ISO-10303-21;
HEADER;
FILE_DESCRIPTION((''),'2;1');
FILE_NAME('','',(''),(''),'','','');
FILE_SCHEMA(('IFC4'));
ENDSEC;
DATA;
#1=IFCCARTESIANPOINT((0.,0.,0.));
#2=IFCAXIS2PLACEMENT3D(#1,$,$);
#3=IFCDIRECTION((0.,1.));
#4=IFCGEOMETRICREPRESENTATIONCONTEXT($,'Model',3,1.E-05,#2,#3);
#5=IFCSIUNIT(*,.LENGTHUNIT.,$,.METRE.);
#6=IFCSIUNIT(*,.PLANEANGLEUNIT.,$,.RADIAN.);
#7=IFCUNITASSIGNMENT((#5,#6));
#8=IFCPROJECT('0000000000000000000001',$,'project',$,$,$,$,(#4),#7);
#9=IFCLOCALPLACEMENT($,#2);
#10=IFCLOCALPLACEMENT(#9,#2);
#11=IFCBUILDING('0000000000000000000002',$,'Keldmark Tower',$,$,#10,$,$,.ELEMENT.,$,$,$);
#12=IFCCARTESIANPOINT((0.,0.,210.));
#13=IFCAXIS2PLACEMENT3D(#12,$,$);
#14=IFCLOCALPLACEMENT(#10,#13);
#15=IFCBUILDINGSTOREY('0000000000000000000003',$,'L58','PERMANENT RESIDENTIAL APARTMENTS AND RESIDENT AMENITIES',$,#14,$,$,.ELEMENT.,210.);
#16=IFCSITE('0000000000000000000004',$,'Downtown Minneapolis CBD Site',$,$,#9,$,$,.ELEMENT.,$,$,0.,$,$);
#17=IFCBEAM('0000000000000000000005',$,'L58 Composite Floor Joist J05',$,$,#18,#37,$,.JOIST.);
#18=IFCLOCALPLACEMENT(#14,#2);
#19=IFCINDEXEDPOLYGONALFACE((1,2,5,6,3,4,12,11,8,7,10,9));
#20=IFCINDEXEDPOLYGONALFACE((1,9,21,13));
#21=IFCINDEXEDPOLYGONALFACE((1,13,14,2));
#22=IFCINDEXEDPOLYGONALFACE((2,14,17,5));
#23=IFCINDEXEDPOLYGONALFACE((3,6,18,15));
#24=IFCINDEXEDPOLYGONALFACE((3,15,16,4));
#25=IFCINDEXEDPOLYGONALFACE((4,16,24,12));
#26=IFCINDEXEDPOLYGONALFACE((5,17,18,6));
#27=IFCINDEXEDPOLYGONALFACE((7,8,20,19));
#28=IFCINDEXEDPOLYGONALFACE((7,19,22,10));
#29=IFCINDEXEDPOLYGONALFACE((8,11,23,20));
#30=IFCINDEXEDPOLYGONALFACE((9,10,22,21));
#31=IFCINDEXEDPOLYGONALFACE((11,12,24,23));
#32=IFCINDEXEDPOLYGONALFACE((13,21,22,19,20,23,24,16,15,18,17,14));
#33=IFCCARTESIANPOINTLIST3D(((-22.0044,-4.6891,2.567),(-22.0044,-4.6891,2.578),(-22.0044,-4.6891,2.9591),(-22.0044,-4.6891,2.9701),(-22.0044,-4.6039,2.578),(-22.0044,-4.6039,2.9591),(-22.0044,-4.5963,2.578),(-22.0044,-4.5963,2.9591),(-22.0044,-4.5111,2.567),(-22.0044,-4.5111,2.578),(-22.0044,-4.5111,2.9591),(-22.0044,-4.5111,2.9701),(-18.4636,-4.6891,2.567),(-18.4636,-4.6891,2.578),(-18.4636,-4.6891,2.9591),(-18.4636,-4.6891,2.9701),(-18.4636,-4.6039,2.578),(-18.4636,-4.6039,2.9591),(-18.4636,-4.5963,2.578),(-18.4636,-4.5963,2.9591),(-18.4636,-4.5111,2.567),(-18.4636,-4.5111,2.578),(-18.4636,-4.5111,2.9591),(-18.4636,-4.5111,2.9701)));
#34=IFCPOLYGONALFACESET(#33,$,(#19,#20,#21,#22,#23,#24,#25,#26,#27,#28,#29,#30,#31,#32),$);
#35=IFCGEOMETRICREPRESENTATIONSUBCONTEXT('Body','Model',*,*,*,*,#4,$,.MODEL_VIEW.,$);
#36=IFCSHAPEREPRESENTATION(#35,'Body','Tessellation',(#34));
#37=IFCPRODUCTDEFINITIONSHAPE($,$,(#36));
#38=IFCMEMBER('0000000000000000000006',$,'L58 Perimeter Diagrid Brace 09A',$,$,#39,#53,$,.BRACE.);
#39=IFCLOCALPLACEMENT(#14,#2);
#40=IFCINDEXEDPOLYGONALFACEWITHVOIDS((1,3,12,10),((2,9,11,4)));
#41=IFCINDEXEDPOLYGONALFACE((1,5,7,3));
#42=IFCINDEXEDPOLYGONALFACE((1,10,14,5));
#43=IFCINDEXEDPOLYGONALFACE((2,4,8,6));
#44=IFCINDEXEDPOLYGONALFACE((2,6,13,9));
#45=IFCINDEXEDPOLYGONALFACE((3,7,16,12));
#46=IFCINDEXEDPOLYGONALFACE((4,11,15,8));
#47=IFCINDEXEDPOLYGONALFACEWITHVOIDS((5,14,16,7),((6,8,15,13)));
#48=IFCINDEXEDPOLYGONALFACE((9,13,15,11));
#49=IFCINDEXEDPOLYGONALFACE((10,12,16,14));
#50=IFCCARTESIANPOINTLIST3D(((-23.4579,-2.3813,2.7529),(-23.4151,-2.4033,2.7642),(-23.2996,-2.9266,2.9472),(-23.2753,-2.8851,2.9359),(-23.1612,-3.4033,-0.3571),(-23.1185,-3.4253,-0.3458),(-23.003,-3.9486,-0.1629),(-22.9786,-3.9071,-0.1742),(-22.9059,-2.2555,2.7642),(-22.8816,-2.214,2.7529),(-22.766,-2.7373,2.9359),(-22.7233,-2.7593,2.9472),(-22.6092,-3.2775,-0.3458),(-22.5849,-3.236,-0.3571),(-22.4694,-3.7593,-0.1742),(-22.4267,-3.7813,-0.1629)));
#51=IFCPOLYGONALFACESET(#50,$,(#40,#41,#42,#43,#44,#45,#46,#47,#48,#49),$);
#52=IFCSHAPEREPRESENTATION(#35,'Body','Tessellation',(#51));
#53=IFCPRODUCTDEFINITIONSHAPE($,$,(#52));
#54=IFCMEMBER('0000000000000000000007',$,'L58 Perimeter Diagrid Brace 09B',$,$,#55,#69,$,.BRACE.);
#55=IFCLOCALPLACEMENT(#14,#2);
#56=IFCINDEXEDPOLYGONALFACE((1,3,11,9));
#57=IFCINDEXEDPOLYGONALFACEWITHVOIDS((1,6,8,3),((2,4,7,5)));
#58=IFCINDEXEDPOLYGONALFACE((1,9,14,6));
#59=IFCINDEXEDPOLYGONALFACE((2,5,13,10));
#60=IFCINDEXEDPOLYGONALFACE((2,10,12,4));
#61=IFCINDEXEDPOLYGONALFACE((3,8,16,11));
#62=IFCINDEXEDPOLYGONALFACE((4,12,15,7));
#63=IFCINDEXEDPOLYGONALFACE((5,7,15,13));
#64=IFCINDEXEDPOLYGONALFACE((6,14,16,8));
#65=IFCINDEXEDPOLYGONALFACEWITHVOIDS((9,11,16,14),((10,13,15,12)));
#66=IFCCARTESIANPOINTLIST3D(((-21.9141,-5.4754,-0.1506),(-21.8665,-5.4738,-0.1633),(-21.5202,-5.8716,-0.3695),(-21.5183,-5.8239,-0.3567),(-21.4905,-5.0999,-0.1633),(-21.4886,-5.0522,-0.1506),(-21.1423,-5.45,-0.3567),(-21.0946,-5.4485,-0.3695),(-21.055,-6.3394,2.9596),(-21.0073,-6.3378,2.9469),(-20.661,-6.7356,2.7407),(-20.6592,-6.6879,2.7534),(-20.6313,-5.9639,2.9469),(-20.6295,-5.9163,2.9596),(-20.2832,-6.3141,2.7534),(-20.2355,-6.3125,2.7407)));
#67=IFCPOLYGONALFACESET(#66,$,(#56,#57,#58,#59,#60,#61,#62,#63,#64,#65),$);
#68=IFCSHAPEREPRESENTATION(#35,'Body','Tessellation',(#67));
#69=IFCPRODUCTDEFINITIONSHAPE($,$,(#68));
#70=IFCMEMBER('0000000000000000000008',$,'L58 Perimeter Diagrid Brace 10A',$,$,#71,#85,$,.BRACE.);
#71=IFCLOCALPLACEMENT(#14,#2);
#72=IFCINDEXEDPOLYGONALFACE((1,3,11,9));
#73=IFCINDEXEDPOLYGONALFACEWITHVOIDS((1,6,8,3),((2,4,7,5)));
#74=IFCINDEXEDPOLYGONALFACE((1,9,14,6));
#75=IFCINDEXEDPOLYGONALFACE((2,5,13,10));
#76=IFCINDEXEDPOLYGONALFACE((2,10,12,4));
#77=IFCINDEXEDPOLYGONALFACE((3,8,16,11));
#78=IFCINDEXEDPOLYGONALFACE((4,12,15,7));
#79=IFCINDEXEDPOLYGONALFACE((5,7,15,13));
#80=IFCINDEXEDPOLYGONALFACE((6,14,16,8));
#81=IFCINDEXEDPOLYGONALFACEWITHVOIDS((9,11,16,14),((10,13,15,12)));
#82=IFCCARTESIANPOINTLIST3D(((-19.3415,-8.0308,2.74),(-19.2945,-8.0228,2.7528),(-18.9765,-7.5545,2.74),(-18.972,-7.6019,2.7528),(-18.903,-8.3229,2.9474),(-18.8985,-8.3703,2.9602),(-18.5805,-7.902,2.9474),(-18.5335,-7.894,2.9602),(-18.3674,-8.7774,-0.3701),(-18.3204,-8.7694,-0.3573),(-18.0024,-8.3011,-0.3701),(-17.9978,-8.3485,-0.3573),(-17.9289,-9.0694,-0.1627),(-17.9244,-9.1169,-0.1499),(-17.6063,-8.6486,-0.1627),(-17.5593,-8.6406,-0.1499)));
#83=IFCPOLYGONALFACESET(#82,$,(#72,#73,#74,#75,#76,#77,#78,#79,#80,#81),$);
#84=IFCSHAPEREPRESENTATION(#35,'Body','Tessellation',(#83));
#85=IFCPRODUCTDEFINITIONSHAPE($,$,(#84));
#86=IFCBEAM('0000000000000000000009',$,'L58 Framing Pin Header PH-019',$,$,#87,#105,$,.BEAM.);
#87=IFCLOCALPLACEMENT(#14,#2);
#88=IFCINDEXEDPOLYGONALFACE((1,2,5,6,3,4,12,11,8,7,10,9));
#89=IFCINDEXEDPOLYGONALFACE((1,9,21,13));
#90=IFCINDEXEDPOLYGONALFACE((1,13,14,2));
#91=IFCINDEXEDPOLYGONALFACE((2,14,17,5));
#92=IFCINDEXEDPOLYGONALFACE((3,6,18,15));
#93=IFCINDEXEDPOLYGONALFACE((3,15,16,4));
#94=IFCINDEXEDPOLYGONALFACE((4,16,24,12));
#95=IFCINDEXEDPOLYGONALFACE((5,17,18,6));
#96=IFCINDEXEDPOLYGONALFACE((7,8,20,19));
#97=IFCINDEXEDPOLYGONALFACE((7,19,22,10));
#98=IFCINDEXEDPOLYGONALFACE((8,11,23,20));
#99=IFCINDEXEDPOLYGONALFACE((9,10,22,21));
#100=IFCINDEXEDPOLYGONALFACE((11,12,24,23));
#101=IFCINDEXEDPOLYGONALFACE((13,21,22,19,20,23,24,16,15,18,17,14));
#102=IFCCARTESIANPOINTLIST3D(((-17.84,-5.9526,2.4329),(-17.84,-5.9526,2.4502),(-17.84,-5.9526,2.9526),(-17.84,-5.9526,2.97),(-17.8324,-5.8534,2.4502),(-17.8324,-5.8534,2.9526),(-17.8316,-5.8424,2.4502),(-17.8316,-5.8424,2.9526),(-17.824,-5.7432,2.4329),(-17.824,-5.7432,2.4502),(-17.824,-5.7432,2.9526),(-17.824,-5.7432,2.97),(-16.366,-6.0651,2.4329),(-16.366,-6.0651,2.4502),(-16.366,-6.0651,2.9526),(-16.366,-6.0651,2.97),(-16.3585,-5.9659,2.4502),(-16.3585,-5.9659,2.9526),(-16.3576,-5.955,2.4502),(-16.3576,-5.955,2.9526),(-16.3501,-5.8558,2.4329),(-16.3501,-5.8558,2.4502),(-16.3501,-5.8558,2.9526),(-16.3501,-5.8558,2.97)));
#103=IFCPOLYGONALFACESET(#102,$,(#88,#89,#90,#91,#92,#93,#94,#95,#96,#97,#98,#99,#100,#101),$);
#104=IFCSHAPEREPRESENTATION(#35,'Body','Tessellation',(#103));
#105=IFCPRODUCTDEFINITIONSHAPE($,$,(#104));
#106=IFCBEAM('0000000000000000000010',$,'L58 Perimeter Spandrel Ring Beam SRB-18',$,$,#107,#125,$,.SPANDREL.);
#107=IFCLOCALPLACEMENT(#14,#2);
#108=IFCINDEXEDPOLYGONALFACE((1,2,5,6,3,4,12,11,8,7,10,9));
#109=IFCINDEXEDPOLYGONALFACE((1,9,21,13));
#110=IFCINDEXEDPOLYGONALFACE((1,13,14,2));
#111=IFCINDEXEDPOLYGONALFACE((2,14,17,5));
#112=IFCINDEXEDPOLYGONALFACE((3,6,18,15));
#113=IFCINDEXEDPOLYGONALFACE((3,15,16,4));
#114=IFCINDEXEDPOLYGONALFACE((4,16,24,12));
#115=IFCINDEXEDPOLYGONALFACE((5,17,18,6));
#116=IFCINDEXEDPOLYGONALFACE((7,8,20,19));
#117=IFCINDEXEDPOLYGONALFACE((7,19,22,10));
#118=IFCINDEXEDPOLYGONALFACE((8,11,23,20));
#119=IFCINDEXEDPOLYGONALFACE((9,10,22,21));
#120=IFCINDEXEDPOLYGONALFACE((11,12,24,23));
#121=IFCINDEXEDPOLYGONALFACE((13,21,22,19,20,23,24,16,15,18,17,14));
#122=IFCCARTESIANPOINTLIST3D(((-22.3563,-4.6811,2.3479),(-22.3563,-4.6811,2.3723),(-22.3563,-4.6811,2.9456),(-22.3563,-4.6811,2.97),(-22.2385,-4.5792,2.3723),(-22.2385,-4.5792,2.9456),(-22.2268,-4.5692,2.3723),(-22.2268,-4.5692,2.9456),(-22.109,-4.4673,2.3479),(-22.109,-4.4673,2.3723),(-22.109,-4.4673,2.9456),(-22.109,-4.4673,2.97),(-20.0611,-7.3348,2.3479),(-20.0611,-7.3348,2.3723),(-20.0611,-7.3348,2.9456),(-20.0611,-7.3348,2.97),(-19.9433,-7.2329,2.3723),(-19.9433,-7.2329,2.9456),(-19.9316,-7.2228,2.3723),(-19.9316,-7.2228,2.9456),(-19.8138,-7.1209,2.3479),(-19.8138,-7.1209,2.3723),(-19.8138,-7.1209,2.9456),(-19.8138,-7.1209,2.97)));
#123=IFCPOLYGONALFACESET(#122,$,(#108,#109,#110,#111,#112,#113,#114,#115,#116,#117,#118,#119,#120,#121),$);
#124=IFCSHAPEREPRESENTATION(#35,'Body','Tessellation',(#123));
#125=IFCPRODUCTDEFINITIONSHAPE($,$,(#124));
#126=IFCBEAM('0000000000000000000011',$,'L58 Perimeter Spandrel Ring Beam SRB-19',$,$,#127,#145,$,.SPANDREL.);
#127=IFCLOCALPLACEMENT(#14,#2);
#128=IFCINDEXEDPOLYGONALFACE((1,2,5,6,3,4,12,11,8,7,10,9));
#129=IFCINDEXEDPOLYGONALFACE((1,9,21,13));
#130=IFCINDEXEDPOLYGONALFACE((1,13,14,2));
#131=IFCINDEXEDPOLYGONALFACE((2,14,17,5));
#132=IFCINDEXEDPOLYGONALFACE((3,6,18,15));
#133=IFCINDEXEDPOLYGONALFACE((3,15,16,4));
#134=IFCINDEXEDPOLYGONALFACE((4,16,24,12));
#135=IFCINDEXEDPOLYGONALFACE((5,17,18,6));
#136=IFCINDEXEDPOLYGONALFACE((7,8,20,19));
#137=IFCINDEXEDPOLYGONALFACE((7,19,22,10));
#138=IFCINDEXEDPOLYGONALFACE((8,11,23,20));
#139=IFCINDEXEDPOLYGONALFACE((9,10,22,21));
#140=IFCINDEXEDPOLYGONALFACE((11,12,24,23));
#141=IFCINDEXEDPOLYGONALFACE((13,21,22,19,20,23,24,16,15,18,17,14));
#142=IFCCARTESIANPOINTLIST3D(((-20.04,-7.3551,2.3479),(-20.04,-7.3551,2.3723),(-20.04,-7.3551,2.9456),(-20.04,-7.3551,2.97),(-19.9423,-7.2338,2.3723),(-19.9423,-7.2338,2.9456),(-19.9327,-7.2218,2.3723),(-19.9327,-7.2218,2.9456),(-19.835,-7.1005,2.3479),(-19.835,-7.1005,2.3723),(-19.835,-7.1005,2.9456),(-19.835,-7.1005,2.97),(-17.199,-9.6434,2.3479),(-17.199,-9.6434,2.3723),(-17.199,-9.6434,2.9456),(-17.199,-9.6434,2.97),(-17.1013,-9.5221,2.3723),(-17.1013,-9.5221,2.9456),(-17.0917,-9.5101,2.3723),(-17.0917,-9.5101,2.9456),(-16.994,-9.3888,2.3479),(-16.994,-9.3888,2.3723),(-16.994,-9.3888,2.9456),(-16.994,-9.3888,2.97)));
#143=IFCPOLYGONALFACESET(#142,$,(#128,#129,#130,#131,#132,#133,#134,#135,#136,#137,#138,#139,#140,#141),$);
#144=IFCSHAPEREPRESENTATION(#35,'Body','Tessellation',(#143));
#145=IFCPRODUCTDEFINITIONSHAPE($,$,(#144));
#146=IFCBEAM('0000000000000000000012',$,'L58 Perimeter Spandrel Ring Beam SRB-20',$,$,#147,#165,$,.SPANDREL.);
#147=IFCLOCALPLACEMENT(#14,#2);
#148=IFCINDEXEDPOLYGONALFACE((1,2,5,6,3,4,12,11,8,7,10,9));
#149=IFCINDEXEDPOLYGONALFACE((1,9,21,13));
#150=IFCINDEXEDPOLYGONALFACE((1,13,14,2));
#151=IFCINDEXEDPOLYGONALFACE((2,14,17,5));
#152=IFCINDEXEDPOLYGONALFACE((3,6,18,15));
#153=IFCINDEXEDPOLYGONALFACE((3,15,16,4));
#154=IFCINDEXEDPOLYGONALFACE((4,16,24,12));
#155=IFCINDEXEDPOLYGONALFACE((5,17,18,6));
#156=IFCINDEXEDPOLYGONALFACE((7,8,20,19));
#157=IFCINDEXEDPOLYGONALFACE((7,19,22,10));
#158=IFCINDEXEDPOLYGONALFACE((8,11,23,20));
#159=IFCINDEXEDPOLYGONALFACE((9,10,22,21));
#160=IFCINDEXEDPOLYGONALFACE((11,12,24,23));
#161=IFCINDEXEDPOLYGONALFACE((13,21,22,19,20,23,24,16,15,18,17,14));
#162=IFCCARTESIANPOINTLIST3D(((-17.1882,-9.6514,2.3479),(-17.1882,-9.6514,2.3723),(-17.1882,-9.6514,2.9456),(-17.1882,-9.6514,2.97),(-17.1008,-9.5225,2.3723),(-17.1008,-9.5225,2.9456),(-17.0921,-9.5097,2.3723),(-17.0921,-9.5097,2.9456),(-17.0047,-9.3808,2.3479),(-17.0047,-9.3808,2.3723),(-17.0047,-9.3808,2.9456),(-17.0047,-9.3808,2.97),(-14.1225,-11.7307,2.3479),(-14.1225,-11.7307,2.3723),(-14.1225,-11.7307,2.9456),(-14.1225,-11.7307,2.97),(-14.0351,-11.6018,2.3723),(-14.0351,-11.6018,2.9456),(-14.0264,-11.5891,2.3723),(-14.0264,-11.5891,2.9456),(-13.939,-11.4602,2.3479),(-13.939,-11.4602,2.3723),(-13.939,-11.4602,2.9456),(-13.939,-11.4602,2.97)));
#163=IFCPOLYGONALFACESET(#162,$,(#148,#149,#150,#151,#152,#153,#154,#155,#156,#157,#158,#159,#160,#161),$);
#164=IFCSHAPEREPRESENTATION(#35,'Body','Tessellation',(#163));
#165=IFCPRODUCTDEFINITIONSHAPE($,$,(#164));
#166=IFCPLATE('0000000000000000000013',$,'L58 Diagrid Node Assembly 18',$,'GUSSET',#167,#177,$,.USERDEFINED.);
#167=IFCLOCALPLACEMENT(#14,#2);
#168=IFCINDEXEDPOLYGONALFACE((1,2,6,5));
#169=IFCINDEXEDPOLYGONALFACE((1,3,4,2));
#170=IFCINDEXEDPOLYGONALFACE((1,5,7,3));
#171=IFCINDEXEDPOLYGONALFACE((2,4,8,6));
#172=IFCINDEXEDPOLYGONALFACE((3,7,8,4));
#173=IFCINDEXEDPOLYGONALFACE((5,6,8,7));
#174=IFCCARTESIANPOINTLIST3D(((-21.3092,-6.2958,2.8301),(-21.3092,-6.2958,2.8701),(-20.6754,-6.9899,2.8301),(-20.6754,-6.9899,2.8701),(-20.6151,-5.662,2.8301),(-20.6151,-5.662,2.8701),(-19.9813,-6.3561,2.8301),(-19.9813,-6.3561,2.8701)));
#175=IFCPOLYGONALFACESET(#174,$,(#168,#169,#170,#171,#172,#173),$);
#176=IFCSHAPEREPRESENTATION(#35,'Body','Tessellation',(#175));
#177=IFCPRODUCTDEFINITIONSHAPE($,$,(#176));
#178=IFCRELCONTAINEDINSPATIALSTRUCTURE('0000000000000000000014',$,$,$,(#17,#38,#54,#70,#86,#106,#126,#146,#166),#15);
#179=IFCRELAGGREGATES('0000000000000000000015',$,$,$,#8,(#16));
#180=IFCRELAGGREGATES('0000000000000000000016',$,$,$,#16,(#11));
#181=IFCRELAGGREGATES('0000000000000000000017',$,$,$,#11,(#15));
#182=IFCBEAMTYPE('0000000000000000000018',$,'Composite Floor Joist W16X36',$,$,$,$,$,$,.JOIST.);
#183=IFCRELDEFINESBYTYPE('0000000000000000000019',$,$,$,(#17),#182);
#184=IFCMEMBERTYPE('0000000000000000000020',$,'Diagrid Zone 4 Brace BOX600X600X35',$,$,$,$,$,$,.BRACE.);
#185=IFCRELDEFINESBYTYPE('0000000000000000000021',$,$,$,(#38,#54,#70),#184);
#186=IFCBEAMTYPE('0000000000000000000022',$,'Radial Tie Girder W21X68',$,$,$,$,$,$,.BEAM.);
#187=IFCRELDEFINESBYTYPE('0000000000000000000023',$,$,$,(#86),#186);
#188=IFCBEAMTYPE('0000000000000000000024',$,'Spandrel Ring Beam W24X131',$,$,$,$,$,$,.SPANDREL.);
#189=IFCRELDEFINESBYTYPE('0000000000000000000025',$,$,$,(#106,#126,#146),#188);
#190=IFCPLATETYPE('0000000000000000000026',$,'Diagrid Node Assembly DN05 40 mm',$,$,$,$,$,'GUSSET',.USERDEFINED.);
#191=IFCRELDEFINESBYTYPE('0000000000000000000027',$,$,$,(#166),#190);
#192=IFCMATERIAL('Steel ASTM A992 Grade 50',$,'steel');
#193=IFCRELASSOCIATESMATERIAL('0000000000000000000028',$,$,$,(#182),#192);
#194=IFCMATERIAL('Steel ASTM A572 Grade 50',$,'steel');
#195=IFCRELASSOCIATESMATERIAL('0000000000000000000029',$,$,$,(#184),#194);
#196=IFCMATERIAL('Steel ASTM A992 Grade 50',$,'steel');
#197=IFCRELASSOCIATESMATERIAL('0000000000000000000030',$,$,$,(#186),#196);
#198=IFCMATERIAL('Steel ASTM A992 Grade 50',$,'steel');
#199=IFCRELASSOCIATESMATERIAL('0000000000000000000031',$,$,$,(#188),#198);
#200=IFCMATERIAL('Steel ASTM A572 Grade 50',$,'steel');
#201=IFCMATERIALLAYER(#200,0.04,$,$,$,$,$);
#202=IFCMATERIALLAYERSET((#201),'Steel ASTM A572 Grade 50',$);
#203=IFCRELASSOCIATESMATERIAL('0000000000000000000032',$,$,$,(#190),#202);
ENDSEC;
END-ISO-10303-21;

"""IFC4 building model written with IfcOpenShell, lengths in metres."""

from ifc_helpers import new_model, si_unit, direction, frame, origin, origin_2d, place, context, subcontext, project, spatial, rectangle, hollow_rectangle, i_section, extrude, material, layer, layer_set, material_profile, profile_set, type_object, element, save


model = new_model("IFC4")

# Units and contexts
model_context = context("Model", 3, precision=1e-05, world=origin(), true_north=direction((0.0, 1.0)))
body_context = subcontext(model_context, "Body", "Model", "MODEL_VIEW")
ifc_project = project(units=[si_unit("LENGTHUNIT", "METRE"), si_unit("PLANEANGLEUNIT", "RADIAN")], contexts=[model_context])

# Site, building, storey
site_placement = place(None, origin())
site = spatial("IfcSite", under=ifc_project, at=site_placement, Name="Downtown Minneapolis CBD Site", CompositionType="ELEMENT", RefElevation=0.0)
building_placement = place(site_placement, origin())
building = spatial("IfcBuilding", under=site, at=building_placement, Name="Keldmark Tower", CompositionType="ELEMENT")
storey_placement = place(building_placement, frame((0.0, 0.0, 210.0)))
storey = spatial("IfcBuildingStorey", under=building, at=storey_placement, Name="L58", Description="PERMANENT RESIDENTIAL APARTMENTS AND RESIDENT AMENITIES", CompositionType="ELEMENT", Elevation=210.0)

# Beam
ifc_material_1 = material(Name="Steel ASTM A992 Grade 50", Category="steel")
ifc_material_profile_1 = material_profile(ifc_material_1, i_section(OverallWidth=0.178, OverallDepth=0.4031, WebThickness=0.0076, FlangeThickness=0.011, at=origin_2d()), Name="W16X36")
ifc_profile_set_1 = profile_set([ifc_material_profile_1], Name="Steel ASTM A992 Grade 50")
beam_type_1 = type_object("IfcBeamType", Name="Composite Floor Joist W16X36", PredefinedType="JOIST", material=ifc_profile_set_1)
beam_1_placement = place(storey_placement, frame((-22.0044, -4.6001, 2.7686), z_axis=(1.0, 0.0, 0.0), x_axis=(0.0, 1.0, 0.0)))
element("IfcBeam", 1, at=beam_1_placement, inside=storey, type_object=beam_type_1, Name="L58 Composite Floor Joist J05", PredefinedType="JOIST", context=body_context, shape_type="SweptSolid", body=[
    extrude(i_section(OverallWidth=0.178, OverallDepth=0.4031, WebThickness=0.0076, FlangeThickness=0.011, at=origin_2d()), origin(), (0.0, 0.0, 1.0), 3.5408),
])

# Members
ifc_material_2 = material(Name="Steel ASTM A572 Grade 50", Category="steel")
ifc_material_profile_2 = material_profile(ifc_material_2, hollow_rectangle(XDim=0.6001, YDim=0.6001, WallThickness=0.0349, at=origin_2d()), Name="BOX600X600X35")
ifc_profile_set_2 = profile_set([ifc_material_profile_2], Name="Steel ASTM A572 Grade 50")
member_type = type_object("IfcMemberType", Name="Diagrid Zone 4 Brace BOX600X600X35", PredefinedType="BRACE", material=ifc_profile_set_2)
member_1_placement = place(storey_placement, frame((-22.7939, -3.5923, -0.26), z_axis=(-0.09024, 0.310902, 0.946148), x_axis=(-0.960364, -0.278749, 0.0)))
element("IfcMember", 2, at=member_1_placement, inside=storey, type_object=member_type, Name="L58 Perimeter Diagrid Brace 09A", PredefinedType="BRACE", context=body_context, shape_type="SweptSolid", body=[
    extrude(hollow_rectangle(XDim=0.6001, YDim=0.6001, WallThickness=0.0349, at=origin_2d()), origin(), (0.0, 0.0, 1.0), 3.2871),
])
member_2_placement = place(storey_placement, frame((-21.5044, -5.4619, -0.26), z_axis=(0.257204, -0.258666, 0.931095), x_axis=(0.709108, 0.7051, 0.0)))
element("IfcMember", 3, at=member_2_placement, inside=storey, type_object=member_type, Name="L58 Perimeter Diagrid Brace 09B", PredefinedType="BRACE", context=body_context, shape_type="SweptSolid", body=[
    extrude(hollow_rectangle(XDim=0.6001, YDim=0.6001, WallThickness=0.0349, at=origin_2d()), origin(), (0.0, 0.0, 1.0), 3.3403),
])
member_3_placement = place(storey_placement, frame((-17.9634, -8.709, -0.26), z_axis=(-0.291347, 0.223293, 0.930192), x_axis=(-0.608306, -0.793702, 0.0)))
element("IfcMember", 4, at=member_3_placement, inside=storey, type_object=member_type, Name="L58 Perimeter Diagrid Brace 10A", PredefinedType="BRACE", context=body_context, shape_type="SweptSolid", body=[
    extrude(hollow_rectangle(XDim=0.6001, YDim=0.6001, WallThickness=0.0349, at=origin_2d()), origin(), (0.0, 0.0, 1.0), 3.3435),
])

# Beams
ifc_material_3 = material(Name="Steel ASTM A992 Grade 50", Category="steel")
ifc_material_profile_3 = material_profile(ifc_material_3, i_section(OverallWidth=0.21, OverallDepth=0.5371, WebThickness=0.011, FlangeThickness=0.0173, at=origin_2d()), Name="W21X68")
ifc_profile_set_3 = profile_set([ifc_material_profile_3], Name="Steel ASTM A992 Grade 50")
beam_type_2 = type_object("IfcBeamType", Name="Radial Tie Girder W21X68", PredefinedType="BEAM", material=ifc_profile_set_3)
beam_2_placement = place(storey_placement, frame((-17.832, -5.8479, 2.7014), z_axis=(0.997097, -0.076141, 0.0), x_axis=(0.076141, 0.997097, 0.0)))
element("IfcBeam", 5, at=beam_2_placement, inside=storey, type_object=beam_type_2, Name="L58 Framing Pin Header PH-019", PredefinedType="BEAM", context=body_context, shape_type="SweptSolid", body=[
    extrude(i_section(OverallWidth=0.21, OverallDepth=0.5371, WebThickness=0.011, FlangeThickness=0.0173, at=origin_2d()), origin(), (0.0, 0.0, 1.0), 1.4783),
])
ifc_material_4 = material(Name="Steel ASTM A992 Grade 50", Category="steel")
ifc_material_profile_4 = material_profile(ifc_material_4, i_section(OverallWidth=0.3269, OverallDepth=0.6221, WebThickness=0.0154, FlangeThickness=0.0244, at=origin_2d()), Name="W24X131")
ifc_profile_set_4 = profile_set([ifc_material_profile_4], Name="Steel ASTM A992 Grade 50")
beam_type_3 = type_object("IfcBeamType", Name="Spandrel Ring Beam W24X131", PredefinedType="SPANDREL", material=ifc_profile_set_4)
beam_3_placement = place(storey_placement, frame((-22.2327, -4.5742, 2.6589), z_axis=(0.654183, -0.756336, 0.0), x_axis=(0.756336, 0.654183, 0.0)))
element("IfcBeam", 6, at=beam_3_placement, inside=storey, type_object=beam_type_3, Name="L58 Perimeter Spandrel Ring Beam SRB-18", PredefinedType="SPANDREL", context=body_context, shape_type="SweptSolid", body=[
    extrude(i_section(OverallWidth=0.3269, OverallDepth=0.6221, WebThickness=0.0154, FlangeThickness=0.0244, at=origin_2d()), origin(), (0.0, 0.0, 1.0), 3.5085),
])
beam_4_placement = place(storey_placement, frame((-19.9375, -7.2278, 2.6589), z_axis=(0.778795, -0.627279, 0.0), x_axis=(0.627279, 0.778795, 0.0)))
element("IfcBeam", 7, at=beam_4_placement, inside=storey, type_object=beam_type_3, Name="L58 Perimeter Spandrel Ring Beam SRB-19", PredefinedType="SPANDREL", context=body_context, shape_type="SweptSolid", body=[
    extrude(i_section(OverallWidth=0.3269, OverallDepth=0.6221, WebThickness=0.0154, FlangeThickness=0.0244, at=origin_2d()), origin(), (0.0, 0.0, 1.0), 3.6479),
])
beam_5_placement = place(storey_placement, frame((-17.0964, -9.5161, 2.6589), z_axis=(0.827593, -0.561329, 0.0), x_axis=(0.561329, 0.827593, 0.0)))
element("IfcBeam", 8, at=beam_5_placement, inside=storey, type_object=beam_type_3, Name="L58 Perimeter Spandrel Ring Beam SRB-20", PredefinedType="SPANDREL", context=body_context, shape_type="SweptSolid", body=[
    extrude(i_section(OverallWidth=0.3269, OverallDepth=0.6221, WebThickness=0.0154, FlangeThickness=0.0244, at=origin_2d()), origin(), (0.0, 0.0, 1.0), 3.7043),
])

# Plate
ifc_material_5 = material(Name="Steel ASTM A572 Grade 50", Category="steel")
ifc_layer_1 = layer(ifc_material_5, 0.04)
ifc_layer_set_1 = layer_set([ifc_layer_1], Name="Steel ASTM A572 Grade 50")
plate_type = type_object("IfcPlateType", Name="Diagrid Node Assembly DN05 40 mm", ElementType="GUSSET", PredefinedType="USERDEFINED", material=ifc_layer_set_1)
for number, where, z_axis, x_axis, name in (
    (9, (-20.6453, -6.3259, 2.8301), (0.0, 0.0, 1.0), (0.674302, -0.738455, 0.0), "L58 Diagrid Node Assembly 18"),
):
    element("IfcPlate", number, at=place(storey_placement, frame(where, z_axis=z_axis, x_axis=x_axis)), inside=storey, type_object=plate_type, Name=name, ObjectType="GUSSET", PredefinedType="USERDEFINED", context=body_context, shape_type="SweptSolid", body=[
        extrude(rectangle(XDim=0.9399, YDim=0.9399, at=origin_2d()), origin(), (0.0, 0.0, 1.0), 0.04),
    ])

save(model, "model.ifc")
